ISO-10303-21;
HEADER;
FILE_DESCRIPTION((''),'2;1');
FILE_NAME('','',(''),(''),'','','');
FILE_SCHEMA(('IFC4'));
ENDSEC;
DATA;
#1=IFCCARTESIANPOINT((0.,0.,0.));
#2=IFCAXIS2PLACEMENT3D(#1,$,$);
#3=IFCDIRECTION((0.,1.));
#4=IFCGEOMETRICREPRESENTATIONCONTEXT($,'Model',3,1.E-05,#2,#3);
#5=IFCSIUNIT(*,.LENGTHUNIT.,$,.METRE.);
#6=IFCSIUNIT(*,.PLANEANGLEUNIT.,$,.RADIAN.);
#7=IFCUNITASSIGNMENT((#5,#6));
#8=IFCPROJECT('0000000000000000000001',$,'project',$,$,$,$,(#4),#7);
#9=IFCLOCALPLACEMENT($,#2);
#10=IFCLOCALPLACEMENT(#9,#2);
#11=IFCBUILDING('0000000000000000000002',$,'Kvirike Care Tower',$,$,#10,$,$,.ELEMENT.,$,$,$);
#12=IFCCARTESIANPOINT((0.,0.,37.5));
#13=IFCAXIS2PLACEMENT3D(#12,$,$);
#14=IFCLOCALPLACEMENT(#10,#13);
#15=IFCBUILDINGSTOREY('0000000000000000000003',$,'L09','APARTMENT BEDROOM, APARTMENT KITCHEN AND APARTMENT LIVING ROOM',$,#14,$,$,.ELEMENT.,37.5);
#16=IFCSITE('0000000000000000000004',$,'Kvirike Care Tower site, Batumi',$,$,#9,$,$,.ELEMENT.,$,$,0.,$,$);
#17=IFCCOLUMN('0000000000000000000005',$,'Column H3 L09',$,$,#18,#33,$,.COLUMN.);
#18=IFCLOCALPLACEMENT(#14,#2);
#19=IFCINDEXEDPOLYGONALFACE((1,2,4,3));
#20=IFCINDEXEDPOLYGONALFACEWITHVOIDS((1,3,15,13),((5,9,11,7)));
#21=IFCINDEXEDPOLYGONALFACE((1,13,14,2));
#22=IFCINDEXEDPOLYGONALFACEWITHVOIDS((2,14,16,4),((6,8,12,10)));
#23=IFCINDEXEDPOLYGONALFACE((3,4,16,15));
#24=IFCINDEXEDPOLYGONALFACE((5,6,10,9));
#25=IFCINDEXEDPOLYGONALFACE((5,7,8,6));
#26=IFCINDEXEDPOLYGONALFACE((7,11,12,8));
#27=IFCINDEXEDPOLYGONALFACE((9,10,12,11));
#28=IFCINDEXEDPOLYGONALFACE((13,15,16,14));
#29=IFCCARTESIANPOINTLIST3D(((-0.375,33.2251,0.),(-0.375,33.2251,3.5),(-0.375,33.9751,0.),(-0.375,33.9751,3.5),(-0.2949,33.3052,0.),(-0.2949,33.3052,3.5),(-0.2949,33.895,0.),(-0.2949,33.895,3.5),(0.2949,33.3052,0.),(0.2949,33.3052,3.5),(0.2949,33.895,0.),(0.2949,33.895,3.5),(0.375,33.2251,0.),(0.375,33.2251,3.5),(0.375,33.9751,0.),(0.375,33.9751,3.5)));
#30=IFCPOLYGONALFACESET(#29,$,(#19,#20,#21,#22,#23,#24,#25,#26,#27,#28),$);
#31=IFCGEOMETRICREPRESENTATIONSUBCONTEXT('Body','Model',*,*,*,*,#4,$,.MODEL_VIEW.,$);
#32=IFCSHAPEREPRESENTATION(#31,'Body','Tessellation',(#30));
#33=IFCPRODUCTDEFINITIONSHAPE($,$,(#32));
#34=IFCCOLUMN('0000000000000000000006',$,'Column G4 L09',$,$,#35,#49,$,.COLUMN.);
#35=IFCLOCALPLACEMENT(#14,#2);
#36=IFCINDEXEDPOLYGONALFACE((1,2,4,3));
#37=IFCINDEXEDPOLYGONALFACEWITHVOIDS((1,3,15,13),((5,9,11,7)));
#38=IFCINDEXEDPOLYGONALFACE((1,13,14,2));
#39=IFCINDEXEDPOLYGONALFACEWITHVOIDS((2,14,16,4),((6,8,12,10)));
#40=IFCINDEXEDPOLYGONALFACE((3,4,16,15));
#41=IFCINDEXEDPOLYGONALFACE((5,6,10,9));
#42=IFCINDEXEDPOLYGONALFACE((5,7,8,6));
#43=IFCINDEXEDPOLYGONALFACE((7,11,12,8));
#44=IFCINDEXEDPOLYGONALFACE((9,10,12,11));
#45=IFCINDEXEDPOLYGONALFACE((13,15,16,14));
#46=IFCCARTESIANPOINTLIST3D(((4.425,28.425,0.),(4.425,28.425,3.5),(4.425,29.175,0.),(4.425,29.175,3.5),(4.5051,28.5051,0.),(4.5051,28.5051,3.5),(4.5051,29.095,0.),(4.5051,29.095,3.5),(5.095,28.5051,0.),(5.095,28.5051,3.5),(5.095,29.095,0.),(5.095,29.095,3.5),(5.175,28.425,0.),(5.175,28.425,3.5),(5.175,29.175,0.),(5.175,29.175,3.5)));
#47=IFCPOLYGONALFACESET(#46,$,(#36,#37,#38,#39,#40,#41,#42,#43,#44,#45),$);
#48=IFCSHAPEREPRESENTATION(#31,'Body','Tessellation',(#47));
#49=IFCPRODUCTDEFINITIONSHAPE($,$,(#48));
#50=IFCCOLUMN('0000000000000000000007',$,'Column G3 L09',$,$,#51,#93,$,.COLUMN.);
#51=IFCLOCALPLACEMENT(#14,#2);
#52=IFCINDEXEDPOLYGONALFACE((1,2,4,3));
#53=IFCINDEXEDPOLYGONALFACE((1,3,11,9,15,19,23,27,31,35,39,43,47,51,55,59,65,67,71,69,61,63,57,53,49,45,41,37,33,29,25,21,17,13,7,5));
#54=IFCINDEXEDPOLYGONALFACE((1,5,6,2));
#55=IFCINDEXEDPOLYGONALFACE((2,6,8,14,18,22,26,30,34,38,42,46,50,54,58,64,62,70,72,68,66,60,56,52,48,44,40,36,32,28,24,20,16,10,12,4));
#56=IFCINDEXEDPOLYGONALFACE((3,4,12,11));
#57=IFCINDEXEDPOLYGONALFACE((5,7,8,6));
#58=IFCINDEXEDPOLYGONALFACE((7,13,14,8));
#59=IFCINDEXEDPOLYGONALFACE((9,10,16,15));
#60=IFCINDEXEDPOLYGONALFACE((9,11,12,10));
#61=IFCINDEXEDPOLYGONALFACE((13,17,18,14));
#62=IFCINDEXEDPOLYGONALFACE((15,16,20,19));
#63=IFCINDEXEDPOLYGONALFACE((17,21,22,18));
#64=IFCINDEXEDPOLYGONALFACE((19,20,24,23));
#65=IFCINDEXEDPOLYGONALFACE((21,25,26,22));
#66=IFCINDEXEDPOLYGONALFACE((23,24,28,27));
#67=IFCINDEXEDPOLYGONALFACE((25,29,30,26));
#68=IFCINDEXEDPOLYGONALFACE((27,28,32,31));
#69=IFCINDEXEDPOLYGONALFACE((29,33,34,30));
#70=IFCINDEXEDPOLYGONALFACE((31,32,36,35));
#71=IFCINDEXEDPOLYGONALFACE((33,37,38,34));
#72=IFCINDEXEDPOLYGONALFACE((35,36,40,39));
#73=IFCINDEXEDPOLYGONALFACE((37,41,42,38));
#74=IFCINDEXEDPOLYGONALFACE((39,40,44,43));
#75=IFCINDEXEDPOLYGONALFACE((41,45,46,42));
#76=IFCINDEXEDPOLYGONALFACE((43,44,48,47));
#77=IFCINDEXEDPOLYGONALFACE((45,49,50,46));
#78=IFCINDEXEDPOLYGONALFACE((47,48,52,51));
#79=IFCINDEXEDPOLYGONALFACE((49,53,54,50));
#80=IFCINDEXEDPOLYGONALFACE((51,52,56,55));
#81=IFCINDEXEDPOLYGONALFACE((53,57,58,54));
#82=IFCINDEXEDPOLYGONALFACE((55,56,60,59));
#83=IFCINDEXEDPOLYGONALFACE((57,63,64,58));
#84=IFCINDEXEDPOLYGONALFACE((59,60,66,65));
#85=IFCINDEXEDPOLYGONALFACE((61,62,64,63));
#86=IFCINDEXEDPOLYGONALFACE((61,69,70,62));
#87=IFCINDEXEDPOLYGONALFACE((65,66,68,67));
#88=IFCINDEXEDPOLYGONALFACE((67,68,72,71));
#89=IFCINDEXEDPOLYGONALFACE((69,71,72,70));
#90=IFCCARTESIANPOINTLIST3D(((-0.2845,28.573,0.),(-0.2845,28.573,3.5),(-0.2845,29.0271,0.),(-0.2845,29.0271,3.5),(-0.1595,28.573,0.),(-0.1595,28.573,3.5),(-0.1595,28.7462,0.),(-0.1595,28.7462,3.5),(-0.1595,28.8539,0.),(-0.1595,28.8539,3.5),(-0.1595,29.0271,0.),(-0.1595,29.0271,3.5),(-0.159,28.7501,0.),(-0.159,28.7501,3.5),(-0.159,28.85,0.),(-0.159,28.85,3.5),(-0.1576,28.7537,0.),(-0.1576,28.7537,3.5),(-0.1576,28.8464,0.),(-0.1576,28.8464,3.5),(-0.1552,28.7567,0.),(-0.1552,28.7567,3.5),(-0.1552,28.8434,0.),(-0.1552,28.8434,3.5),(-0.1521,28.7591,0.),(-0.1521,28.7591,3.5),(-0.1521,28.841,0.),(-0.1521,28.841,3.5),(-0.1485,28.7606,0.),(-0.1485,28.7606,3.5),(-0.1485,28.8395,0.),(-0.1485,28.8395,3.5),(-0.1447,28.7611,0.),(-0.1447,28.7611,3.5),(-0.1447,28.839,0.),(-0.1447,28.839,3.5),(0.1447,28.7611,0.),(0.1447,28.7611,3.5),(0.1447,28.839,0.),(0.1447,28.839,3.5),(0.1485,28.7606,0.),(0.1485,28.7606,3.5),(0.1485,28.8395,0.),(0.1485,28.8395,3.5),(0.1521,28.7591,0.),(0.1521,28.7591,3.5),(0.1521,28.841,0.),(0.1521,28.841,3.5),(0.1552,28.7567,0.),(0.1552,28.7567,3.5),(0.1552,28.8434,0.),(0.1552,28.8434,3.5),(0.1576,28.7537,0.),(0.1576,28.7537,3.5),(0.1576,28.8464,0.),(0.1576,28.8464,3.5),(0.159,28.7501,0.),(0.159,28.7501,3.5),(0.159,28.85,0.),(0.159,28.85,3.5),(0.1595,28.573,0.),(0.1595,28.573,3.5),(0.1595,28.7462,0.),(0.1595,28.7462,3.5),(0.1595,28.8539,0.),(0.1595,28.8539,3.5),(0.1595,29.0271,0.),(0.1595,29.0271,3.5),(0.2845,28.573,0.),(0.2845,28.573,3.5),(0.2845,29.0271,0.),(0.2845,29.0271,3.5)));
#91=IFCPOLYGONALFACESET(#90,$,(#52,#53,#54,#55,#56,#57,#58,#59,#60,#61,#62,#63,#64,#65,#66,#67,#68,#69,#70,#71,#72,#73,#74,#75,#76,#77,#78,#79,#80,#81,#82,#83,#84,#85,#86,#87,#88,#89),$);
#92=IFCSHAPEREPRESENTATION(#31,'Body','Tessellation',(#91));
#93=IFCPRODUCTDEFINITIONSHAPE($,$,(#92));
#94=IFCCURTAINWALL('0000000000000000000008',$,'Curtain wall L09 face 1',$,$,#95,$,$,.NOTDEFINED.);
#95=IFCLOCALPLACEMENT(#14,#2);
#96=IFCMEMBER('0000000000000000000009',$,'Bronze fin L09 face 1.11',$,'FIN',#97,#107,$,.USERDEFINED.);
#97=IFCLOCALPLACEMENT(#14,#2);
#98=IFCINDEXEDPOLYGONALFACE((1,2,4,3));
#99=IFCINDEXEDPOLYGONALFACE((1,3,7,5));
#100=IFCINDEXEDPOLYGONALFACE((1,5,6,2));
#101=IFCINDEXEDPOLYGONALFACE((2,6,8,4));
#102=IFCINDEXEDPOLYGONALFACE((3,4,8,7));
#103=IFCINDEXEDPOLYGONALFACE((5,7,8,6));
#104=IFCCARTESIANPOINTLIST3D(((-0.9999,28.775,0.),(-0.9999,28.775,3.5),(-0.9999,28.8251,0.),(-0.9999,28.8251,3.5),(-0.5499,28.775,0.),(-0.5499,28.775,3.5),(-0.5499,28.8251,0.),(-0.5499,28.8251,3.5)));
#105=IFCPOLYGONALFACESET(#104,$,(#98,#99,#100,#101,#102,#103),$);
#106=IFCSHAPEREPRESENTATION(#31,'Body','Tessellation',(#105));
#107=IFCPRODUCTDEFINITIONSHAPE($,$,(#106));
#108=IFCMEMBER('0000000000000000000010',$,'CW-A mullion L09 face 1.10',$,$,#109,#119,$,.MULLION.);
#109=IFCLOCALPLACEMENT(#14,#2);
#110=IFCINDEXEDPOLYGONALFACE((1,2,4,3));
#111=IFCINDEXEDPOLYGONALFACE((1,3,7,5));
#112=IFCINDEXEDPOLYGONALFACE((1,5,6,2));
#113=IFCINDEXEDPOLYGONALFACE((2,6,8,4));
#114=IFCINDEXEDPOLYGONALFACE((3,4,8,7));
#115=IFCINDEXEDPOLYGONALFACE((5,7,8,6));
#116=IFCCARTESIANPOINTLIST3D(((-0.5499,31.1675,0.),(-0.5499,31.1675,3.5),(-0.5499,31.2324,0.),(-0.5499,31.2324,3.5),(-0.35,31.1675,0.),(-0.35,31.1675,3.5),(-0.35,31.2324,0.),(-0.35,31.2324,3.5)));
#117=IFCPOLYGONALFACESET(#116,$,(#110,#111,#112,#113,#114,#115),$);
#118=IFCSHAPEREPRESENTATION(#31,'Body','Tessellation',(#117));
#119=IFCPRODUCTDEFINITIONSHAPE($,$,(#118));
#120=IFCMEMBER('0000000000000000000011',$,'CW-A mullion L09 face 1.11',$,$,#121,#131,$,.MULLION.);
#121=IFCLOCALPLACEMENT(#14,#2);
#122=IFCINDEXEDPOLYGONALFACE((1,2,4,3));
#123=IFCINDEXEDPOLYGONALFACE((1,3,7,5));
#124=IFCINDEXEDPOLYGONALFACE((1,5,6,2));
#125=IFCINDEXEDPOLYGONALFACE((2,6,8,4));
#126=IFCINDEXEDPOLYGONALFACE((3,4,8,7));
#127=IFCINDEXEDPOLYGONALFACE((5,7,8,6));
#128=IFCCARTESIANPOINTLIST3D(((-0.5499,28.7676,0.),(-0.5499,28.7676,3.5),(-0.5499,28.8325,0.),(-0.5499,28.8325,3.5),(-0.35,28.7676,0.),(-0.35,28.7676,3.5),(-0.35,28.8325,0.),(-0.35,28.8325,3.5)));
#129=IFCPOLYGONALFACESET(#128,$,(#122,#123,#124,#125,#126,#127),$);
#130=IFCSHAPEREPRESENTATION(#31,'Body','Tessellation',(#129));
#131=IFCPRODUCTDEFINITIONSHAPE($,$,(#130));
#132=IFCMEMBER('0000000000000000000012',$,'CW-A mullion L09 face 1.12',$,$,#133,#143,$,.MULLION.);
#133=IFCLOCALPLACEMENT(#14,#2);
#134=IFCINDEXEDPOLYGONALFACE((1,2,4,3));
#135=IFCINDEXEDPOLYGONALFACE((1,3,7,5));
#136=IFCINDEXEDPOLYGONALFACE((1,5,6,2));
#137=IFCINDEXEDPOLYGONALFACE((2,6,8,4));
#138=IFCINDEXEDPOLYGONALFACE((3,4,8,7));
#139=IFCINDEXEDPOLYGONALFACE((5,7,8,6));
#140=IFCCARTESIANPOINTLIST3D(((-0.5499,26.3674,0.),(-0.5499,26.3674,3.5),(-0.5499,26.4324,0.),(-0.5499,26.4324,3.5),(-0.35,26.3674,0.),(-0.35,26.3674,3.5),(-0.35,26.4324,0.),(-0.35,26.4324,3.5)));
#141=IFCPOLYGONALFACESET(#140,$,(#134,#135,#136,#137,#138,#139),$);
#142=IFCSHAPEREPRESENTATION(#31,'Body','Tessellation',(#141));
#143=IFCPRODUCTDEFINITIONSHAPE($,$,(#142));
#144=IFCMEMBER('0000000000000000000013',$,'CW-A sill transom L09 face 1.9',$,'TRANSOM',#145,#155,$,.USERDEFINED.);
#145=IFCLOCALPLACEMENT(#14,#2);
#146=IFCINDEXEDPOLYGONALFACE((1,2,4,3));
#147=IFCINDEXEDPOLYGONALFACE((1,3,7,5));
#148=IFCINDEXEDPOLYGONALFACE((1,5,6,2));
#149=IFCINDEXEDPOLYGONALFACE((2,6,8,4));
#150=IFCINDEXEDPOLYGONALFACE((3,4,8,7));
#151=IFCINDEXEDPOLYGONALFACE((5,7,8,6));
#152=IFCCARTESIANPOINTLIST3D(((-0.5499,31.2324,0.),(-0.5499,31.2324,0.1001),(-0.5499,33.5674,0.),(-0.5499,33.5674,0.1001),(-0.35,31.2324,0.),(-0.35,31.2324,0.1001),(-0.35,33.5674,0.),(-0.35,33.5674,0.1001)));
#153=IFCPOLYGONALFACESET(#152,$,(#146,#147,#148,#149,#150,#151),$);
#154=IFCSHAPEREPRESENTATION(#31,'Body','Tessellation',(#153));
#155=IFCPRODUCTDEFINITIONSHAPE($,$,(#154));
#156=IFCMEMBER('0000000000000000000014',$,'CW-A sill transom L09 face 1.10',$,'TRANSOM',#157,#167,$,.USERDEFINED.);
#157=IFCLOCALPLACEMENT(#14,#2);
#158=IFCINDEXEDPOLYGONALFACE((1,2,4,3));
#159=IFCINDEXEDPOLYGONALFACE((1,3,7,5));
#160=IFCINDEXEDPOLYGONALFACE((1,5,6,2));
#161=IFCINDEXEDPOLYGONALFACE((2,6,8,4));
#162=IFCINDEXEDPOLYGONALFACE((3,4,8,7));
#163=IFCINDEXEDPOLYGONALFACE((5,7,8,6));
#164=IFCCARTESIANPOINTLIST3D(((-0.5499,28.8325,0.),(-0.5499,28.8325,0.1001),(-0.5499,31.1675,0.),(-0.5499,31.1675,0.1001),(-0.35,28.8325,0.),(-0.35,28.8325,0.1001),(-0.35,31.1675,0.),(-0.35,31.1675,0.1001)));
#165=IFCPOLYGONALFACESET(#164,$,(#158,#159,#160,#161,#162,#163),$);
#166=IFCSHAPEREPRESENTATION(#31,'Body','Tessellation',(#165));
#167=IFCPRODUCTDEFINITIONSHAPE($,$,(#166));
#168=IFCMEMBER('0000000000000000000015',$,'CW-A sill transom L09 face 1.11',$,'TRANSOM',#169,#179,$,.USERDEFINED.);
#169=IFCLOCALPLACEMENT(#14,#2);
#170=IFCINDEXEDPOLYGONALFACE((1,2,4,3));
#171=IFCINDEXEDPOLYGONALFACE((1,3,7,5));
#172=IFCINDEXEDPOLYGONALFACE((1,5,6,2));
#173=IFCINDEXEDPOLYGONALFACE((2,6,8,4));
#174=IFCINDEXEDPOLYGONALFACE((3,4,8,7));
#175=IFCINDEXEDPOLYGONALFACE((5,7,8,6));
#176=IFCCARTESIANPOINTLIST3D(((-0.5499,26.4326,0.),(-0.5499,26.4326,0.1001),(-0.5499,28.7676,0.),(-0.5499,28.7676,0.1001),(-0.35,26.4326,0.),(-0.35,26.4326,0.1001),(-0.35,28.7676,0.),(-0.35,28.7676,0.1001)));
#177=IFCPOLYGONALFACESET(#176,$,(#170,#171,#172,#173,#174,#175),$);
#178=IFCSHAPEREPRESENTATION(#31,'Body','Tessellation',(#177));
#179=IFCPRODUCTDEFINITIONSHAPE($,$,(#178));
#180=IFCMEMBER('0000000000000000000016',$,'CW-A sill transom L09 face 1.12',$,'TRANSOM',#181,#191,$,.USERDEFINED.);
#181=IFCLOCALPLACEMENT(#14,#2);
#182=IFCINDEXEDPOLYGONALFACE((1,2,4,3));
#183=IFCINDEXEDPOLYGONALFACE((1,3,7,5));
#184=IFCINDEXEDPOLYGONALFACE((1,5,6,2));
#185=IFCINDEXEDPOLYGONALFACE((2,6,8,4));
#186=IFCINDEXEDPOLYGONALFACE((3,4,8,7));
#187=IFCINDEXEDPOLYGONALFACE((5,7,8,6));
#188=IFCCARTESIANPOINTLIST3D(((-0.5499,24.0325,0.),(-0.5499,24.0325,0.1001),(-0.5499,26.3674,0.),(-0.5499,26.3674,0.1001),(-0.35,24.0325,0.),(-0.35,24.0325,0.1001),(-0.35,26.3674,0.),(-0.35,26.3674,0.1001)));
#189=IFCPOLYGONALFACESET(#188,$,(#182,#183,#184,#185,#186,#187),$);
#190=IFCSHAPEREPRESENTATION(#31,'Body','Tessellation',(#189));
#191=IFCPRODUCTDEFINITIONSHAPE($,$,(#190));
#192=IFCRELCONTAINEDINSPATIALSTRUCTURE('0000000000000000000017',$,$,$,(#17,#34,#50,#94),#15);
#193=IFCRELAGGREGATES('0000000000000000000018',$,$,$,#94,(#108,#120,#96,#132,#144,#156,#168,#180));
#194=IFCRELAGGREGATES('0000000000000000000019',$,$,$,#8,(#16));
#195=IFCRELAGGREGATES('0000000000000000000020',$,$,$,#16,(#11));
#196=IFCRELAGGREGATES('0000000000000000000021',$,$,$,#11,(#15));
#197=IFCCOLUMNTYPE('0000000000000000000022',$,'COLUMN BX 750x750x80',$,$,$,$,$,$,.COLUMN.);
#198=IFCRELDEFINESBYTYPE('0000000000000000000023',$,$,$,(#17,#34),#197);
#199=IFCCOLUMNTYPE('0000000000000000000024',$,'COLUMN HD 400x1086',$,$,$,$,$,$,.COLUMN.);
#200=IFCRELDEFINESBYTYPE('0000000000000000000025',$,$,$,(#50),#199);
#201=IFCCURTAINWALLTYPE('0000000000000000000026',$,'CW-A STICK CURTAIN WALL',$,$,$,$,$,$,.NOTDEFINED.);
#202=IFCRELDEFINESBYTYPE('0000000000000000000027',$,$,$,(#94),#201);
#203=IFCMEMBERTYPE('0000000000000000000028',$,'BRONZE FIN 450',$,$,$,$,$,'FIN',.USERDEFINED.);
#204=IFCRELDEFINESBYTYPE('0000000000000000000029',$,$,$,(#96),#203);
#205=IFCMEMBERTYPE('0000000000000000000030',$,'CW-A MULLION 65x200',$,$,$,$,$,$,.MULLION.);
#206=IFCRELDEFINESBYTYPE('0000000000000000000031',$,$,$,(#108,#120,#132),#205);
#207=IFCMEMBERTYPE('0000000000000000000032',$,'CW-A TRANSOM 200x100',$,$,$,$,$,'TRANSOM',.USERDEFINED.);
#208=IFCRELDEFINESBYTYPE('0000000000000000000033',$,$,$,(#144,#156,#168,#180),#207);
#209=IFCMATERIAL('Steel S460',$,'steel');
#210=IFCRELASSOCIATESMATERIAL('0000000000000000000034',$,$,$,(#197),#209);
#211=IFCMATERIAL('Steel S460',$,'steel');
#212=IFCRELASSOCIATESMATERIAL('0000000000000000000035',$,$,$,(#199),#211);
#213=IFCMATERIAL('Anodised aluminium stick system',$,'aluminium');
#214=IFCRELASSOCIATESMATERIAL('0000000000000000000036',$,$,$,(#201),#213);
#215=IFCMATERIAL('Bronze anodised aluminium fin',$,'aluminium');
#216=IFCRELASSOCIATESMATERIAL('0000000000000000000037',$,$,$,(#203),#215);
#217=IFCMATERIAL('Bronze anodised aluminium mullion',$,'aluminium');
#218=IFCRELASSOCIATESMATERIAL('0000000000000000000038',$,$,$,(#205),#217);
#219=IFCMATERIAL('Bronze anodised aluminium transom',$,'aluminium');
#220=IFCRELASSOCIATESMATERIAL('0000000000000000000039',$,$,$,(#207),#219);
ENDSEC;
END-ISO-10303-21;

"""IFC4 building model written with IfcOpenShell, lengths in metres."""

from ifc_helpers import new_model, si_unit, direction, frame, origin, origin_2d, place, context, subcontext, project, spatial, rectangle, hollow_rectangle, i_section, extrude, material, material_profile, profile_set, type_object, element, aggregate, save


model = new_model("IFC4")

# Units and contexts
model_context = context("Model", 3, precision=1e-05, world=origin(), true_north=direction((0.0, 1.0)))
body_context = subcontext(model_context, "Body", "Model", "MODEL_VIEW")
ifc_project = project(units=[si_unit("LENGTHUNIT", "METRE"), si_unit("PLANEANGLEUNIT", "RADIAN")], contexts=[model_context])

# Site, building, storey
site_placement = place(None, origin())
site = spatial("IfcSite", under=ifc_project, at=site_placement, Name="Kvirike Care Tower site, Batumi", CompositionType="ELEMENT", RefElevation=0.0)
building_placement = place(site_placement, origin())
building = spatial("IfcBuilding", under=site, at=building_placement, Name="Kvirike Care Tower", CompositionType="ELEMENT")
storey_placement = place(building_placement, frame((0.0, 0.0, 37.5)))
storey = spatial("IfcBuildingStorey", under=building, at=storey_placement, Name="L09", Description="APARTMENT BEDROOM, APARTMENT KITCHEN AND APARTMENT LIVING ROOM", CompositionType="ELEMENT", Elevation=37.5)

# Columns
ifc_material_1 = material(Name="Steel S460", Category="steel")
ifc_material_profile_1 = material_profile(ifc_material_1, hollow_rectangle(XDim=0.75, YDim=0.75, WallThickness=0.0801, at=origin_2d()), Name="BX 750x750x80")
ifc_profile_set_1 = profile_set([ifc_material_profile_1], Name="Steel S460")
column_type_1 = type_object("IfcColumnType", Name="COLUMN BX 750x750x80", PredefinedType="COLUMN", material=ifc_profile_set_1)
for number, where, z_axis, x_axis, name in (
    (1, (0.0, 33.6001, 0.0), (0.0, 0.0, 1.0), (1.0, 0.0, 0.0), "Column H3 L09"),
    (2, (4.8, 28.8, 0.0), (0.0, 0.0, 1.0), (0.0, 1.0, 0.0), "Column G4 L09"),
):
    element("IfcColumn", number, at=place(storey_placement, frame(where, z_axis=z_axis, x_axis=x_axis)), inside=storey, type_object=column_type_1, Name=name, PredefinedType="COLUMN", context=body_context, shape_type="SweptSolid", body=[
        extrude(hollow_rectangle(XDim=0.75, YDim=0.75, WallThickness=0.0801, at=origin_2d()), origin(), (0.0, 0.0, 1.0), 3.5),
    ])
ifc_material_2 = material(Name="Steel S460", Category="steel")
ifc_material_profile_2 = material_profile(ifc_material_2, i_section(OverallWidth=0.4541, OverallDepth=0.5691, WebThickness=0.0779, FlangeThickness=0.125, FilletRadius=0.0149, at=origin_2d()), Name="HD 400x1086")
ifc_profile_set_2 = profile_set([ifc_material_profile_2], Name="Steel S460")
column_type_2 = type_object("IfcColumnType", Name="COLUMN HD 400x1086", PredefinedType="COLUMN", material=ifc_profile_set_2)
column_placement = place(storey_placement, frame((0.0, 28.8, 0.0), z_axis=(0.0, 0.0, 1.0), x_axis=(0.0, 1.0, 0.0)))
element("IfcColumn", 3, at=column_placement, inside=storey, type_object=column_type_2, Name="Column G3 L09", PredefinedType="COLUMN", context=body_context, shape_type="SweptSolid", body=[
    extrude(i_section(OverallWidth=0.4541, OverallDepth=0.5691, WebThickness=0.0779, FlangeThickness=0.125, FilletRadius=0.0149, at=origin_2d()), origin(), (0.0, 0.0, 1.0), 3.5),
])

# Curtain wall, members
ifc_material_3 = material(Name="Anodised aluminium stick system", Category="aluminium")
curtain_wall_type = type_object("IfcCurtainWallType", Name="CW-A STICK CURTAIN WALL", PredefinedType="NOTDEFINED", material=ifc_material_3)
curtain_wall_placement = place(storey_placement, origin())
curtain_wall = element("IfcCurtainWall", 4, at=curtain_wall_placement, inside=storey, type_object=curtain_wall_type, Name="Curtain wall L09 face 1", PredefinedType="NOTDEFINED")
ifc_material_4 = material(Name="Bronze anodised aluminium fin", Category="aluminium")
ifc_material_profile_3 = material_profile(ifc_material_4, rectangle(XDim=0.05, YDim=0.45, at=origin_2d()), Name="BRONZE FIN 450")
ifc_profile_set_3 = profile_set([ifc_material_profile_3], Name="Bronze anodised aluminium fin")
member_type_1 = type_object("IfcMemberType", Name="BRONZE FIN 450", ElementType="FIN", PredefinedType="USERDEFINED", material=ifc_profile_set_3)
member_1_placement = place(storey_placement, frame((-0.7749, 28.8, 0.0), z_axis=(0.0, 0.0, 1.0), x_axis=(0.0, -1.0, 0.0)))
member_1 = element("IfcMember", 5, at=member_1_placement, type_object=member_type_1, Name="Bronze fin L09 face 1.11", ObjectType="FIN", PredefinedType="USERDEFINED", context=body_context, shape_type="SweptSolid", body=[
    extrude(rectangle(XDim=0.05, YDim=0.45, at=origin_2d()), origin(), (0.0, 0.0, 1.0), 3.5),
])
ifc_material_5 = material(Name="Bronze anodised aluminium mullion", Category="aluminium")
ifc_material_profile_4 = material_profile(ifc_material_5, rectangle(XDim=0.0649, YDim=0.2, at=origin_2d()), Name="CW-A MULLION 65x200")
ifc_profile_set_4 = profile_set([ifc_material_profile_4], Name="Bronze anodised aluminium mullion")
member_type_2 = type_object("IfcMemberType", Name="CW-A MULLION 65x200", PredefinedType="MULLION", material=ifc_profile_set_4)
member_2_placement = place(storey_placement, frame((-0.45, 31.2, 0.0), z_axis=(0.0, 0.0, 1.0), x_axis=(0.0, -1.0, 0.0)))
member_2 = element("IfcMember", 6, at=member_2_placement, type_object=member_type_2, Name="CW-A mullion L09 face 1.10", PredefinedType="MULLION", context=body_context, shape_type="SweptSolid", body=[
    extrude(rectangle(XDim=0.0649, YDim=0.2, at=origin_2d()), origin(), (0.0, 0.0, 1.0), 3.5),
])
member_3_placement = place(storey_placement, frame((-0.45, 28.8, 0.0), z_axis=(0.0, 0.0, 1.0), x_axis=(0.0, -1.0, 0.0)))
member_3 = element("IfcMember", 7, at=member_3_placement, type_object=member_type_2, Name="CW-A mullion L09 face 1.11", PredefinedType="MULLION", context=body_context, shape_type="SweptSolid", body=[
    extrude(rectangle(XDim=0.0649, YDim=0.2, at=origin_2d()), origin(), (0.0, 0.0, 1.0), 3.5),
])
member_4_placement = place(storey_placement, frame((-0.45, 26.3999, 0.0), z_axis=(0.0, 0.0, 1.0), x_axis=(0.0, -1.0, 0.0)))
member_4 = element("IfcMember", 8, at=member_4_placement, type_object=member_type_2, Name="CW-A mullion L09 face 1.12", PredefinedType="MULLION", context=body_context, shape_type="SweptSolid", body=[
    extrude(rectangle(XDim=0.0649, YDim=0.2, at=origin_2d()), origin(), (0.0, 0.0, 1.0), 3.5),
])
ifc_material_6 = material(Name="Bronze anodised aluminium transom", Category="aluminium")
ifc_material_profile_5 = material_profile(ifc_material_6, rectangle(XDim=0.2, YDim=0.1001, at=origin_2d()), Name="CW-A TRANSOM 200x100")
ifc_profile_set_5 = profile_set([ifc_material_profile_5], Name="Bronze anodised aluminium transom")
member_type_3 = type_object("IfcMemberType", Name="CW-A TRANSOM 200x100", ElementType="TRANSOM", PredefinedType="USERDEFINED", material=ifc_profile_set_5)
member_5_placement = place(storey_placement, frame((-0.45, 33.5674, 0.05), z_axis=(0.0, -1.0, 0.0), x_axis=(1.0, 0.0, 0.0)))
member_5 = element("IfcMember", 9, at=member_5_placement, type_object=member_type_3, Name="CW-A sill transom L09 face 1.9", ObjectType="TRANSOM", PredefinedType="USERDEFINED", context=body_context, shape_type="SweptSolid", body=[
    extrude(rectangle(XDim=0.2, YDim=0.1001, at=origin_2d()), origin(), (0.0, 0.0, 1.0), 2.335),
])
member_6_placement = place(storey_placement, frame((-0.45, 31.1675, 0.05), z_axis=(0.0, -1.0, 0.0), x_axis=(1.0, 0.0, 0.0)))
member_6 = element("IfcMember", 10, at=member_6_placement, type_object=member_type_3, Name="CW-A sill transom L09 face 1.10", ObjectType="TRANSOM", PredefinedType="USERDEFINED", context=body_context, shape_type="SweptSolid", body=[
    extrude(rectangle(XDim=0.2, YDim=0.1001, at=origin_2d()), origin(), (0.0, 0.0, 1.0), 2.335),
])
member_7_placement = place(storey_placement, frame((-0.45, 28.7676, 0.05), z_axis=(0.0, -1.0, 0.0), x_axis=(1.0, 0.0, 0.0)))
member_7 = element("IfcMember", 11, at=member_7_placement, type_object=member_type_3, Name="CW-A sill transom L09 face 1.11", ObjectType="TRANSOM", PredefinedType="USERDEFINED", context=body_context, shape_type="SweptSolid", body=[
    extrude(rectangle(XDim=0.2, YDim=0.1001, at=origin_2d()), origin(), (0.0, 0.0, 1.0), 2.335),
])
member_8_placement = place(storey_placement, frame((-0.45, 26.3674, 0.05), z_axis=(0.0, -1.0, 0.0), x_axis=(1.0, 0.0, 0.0)))
member_8 = element("IfcMember", 12, at=member_8_placement, type_object=member_type_3, Name="CW-A sill transom L09 face 1.12", ObjectType="TRANSOM", PredefinedType="USERDEFINED", context=body_context, shape_type="SweptSolid", body=[
    extrude(rectangle(XDim=0.2, YDim=0.1001, at=origin_2d()), origin(), (0.0, 0.0, 1.0), 2.335),
])

aggregate(curtain_wall, [member_2, member_3, member_1, member_4, member_5, member_6, member_7, member_8])

save(model, "model.ifc")
